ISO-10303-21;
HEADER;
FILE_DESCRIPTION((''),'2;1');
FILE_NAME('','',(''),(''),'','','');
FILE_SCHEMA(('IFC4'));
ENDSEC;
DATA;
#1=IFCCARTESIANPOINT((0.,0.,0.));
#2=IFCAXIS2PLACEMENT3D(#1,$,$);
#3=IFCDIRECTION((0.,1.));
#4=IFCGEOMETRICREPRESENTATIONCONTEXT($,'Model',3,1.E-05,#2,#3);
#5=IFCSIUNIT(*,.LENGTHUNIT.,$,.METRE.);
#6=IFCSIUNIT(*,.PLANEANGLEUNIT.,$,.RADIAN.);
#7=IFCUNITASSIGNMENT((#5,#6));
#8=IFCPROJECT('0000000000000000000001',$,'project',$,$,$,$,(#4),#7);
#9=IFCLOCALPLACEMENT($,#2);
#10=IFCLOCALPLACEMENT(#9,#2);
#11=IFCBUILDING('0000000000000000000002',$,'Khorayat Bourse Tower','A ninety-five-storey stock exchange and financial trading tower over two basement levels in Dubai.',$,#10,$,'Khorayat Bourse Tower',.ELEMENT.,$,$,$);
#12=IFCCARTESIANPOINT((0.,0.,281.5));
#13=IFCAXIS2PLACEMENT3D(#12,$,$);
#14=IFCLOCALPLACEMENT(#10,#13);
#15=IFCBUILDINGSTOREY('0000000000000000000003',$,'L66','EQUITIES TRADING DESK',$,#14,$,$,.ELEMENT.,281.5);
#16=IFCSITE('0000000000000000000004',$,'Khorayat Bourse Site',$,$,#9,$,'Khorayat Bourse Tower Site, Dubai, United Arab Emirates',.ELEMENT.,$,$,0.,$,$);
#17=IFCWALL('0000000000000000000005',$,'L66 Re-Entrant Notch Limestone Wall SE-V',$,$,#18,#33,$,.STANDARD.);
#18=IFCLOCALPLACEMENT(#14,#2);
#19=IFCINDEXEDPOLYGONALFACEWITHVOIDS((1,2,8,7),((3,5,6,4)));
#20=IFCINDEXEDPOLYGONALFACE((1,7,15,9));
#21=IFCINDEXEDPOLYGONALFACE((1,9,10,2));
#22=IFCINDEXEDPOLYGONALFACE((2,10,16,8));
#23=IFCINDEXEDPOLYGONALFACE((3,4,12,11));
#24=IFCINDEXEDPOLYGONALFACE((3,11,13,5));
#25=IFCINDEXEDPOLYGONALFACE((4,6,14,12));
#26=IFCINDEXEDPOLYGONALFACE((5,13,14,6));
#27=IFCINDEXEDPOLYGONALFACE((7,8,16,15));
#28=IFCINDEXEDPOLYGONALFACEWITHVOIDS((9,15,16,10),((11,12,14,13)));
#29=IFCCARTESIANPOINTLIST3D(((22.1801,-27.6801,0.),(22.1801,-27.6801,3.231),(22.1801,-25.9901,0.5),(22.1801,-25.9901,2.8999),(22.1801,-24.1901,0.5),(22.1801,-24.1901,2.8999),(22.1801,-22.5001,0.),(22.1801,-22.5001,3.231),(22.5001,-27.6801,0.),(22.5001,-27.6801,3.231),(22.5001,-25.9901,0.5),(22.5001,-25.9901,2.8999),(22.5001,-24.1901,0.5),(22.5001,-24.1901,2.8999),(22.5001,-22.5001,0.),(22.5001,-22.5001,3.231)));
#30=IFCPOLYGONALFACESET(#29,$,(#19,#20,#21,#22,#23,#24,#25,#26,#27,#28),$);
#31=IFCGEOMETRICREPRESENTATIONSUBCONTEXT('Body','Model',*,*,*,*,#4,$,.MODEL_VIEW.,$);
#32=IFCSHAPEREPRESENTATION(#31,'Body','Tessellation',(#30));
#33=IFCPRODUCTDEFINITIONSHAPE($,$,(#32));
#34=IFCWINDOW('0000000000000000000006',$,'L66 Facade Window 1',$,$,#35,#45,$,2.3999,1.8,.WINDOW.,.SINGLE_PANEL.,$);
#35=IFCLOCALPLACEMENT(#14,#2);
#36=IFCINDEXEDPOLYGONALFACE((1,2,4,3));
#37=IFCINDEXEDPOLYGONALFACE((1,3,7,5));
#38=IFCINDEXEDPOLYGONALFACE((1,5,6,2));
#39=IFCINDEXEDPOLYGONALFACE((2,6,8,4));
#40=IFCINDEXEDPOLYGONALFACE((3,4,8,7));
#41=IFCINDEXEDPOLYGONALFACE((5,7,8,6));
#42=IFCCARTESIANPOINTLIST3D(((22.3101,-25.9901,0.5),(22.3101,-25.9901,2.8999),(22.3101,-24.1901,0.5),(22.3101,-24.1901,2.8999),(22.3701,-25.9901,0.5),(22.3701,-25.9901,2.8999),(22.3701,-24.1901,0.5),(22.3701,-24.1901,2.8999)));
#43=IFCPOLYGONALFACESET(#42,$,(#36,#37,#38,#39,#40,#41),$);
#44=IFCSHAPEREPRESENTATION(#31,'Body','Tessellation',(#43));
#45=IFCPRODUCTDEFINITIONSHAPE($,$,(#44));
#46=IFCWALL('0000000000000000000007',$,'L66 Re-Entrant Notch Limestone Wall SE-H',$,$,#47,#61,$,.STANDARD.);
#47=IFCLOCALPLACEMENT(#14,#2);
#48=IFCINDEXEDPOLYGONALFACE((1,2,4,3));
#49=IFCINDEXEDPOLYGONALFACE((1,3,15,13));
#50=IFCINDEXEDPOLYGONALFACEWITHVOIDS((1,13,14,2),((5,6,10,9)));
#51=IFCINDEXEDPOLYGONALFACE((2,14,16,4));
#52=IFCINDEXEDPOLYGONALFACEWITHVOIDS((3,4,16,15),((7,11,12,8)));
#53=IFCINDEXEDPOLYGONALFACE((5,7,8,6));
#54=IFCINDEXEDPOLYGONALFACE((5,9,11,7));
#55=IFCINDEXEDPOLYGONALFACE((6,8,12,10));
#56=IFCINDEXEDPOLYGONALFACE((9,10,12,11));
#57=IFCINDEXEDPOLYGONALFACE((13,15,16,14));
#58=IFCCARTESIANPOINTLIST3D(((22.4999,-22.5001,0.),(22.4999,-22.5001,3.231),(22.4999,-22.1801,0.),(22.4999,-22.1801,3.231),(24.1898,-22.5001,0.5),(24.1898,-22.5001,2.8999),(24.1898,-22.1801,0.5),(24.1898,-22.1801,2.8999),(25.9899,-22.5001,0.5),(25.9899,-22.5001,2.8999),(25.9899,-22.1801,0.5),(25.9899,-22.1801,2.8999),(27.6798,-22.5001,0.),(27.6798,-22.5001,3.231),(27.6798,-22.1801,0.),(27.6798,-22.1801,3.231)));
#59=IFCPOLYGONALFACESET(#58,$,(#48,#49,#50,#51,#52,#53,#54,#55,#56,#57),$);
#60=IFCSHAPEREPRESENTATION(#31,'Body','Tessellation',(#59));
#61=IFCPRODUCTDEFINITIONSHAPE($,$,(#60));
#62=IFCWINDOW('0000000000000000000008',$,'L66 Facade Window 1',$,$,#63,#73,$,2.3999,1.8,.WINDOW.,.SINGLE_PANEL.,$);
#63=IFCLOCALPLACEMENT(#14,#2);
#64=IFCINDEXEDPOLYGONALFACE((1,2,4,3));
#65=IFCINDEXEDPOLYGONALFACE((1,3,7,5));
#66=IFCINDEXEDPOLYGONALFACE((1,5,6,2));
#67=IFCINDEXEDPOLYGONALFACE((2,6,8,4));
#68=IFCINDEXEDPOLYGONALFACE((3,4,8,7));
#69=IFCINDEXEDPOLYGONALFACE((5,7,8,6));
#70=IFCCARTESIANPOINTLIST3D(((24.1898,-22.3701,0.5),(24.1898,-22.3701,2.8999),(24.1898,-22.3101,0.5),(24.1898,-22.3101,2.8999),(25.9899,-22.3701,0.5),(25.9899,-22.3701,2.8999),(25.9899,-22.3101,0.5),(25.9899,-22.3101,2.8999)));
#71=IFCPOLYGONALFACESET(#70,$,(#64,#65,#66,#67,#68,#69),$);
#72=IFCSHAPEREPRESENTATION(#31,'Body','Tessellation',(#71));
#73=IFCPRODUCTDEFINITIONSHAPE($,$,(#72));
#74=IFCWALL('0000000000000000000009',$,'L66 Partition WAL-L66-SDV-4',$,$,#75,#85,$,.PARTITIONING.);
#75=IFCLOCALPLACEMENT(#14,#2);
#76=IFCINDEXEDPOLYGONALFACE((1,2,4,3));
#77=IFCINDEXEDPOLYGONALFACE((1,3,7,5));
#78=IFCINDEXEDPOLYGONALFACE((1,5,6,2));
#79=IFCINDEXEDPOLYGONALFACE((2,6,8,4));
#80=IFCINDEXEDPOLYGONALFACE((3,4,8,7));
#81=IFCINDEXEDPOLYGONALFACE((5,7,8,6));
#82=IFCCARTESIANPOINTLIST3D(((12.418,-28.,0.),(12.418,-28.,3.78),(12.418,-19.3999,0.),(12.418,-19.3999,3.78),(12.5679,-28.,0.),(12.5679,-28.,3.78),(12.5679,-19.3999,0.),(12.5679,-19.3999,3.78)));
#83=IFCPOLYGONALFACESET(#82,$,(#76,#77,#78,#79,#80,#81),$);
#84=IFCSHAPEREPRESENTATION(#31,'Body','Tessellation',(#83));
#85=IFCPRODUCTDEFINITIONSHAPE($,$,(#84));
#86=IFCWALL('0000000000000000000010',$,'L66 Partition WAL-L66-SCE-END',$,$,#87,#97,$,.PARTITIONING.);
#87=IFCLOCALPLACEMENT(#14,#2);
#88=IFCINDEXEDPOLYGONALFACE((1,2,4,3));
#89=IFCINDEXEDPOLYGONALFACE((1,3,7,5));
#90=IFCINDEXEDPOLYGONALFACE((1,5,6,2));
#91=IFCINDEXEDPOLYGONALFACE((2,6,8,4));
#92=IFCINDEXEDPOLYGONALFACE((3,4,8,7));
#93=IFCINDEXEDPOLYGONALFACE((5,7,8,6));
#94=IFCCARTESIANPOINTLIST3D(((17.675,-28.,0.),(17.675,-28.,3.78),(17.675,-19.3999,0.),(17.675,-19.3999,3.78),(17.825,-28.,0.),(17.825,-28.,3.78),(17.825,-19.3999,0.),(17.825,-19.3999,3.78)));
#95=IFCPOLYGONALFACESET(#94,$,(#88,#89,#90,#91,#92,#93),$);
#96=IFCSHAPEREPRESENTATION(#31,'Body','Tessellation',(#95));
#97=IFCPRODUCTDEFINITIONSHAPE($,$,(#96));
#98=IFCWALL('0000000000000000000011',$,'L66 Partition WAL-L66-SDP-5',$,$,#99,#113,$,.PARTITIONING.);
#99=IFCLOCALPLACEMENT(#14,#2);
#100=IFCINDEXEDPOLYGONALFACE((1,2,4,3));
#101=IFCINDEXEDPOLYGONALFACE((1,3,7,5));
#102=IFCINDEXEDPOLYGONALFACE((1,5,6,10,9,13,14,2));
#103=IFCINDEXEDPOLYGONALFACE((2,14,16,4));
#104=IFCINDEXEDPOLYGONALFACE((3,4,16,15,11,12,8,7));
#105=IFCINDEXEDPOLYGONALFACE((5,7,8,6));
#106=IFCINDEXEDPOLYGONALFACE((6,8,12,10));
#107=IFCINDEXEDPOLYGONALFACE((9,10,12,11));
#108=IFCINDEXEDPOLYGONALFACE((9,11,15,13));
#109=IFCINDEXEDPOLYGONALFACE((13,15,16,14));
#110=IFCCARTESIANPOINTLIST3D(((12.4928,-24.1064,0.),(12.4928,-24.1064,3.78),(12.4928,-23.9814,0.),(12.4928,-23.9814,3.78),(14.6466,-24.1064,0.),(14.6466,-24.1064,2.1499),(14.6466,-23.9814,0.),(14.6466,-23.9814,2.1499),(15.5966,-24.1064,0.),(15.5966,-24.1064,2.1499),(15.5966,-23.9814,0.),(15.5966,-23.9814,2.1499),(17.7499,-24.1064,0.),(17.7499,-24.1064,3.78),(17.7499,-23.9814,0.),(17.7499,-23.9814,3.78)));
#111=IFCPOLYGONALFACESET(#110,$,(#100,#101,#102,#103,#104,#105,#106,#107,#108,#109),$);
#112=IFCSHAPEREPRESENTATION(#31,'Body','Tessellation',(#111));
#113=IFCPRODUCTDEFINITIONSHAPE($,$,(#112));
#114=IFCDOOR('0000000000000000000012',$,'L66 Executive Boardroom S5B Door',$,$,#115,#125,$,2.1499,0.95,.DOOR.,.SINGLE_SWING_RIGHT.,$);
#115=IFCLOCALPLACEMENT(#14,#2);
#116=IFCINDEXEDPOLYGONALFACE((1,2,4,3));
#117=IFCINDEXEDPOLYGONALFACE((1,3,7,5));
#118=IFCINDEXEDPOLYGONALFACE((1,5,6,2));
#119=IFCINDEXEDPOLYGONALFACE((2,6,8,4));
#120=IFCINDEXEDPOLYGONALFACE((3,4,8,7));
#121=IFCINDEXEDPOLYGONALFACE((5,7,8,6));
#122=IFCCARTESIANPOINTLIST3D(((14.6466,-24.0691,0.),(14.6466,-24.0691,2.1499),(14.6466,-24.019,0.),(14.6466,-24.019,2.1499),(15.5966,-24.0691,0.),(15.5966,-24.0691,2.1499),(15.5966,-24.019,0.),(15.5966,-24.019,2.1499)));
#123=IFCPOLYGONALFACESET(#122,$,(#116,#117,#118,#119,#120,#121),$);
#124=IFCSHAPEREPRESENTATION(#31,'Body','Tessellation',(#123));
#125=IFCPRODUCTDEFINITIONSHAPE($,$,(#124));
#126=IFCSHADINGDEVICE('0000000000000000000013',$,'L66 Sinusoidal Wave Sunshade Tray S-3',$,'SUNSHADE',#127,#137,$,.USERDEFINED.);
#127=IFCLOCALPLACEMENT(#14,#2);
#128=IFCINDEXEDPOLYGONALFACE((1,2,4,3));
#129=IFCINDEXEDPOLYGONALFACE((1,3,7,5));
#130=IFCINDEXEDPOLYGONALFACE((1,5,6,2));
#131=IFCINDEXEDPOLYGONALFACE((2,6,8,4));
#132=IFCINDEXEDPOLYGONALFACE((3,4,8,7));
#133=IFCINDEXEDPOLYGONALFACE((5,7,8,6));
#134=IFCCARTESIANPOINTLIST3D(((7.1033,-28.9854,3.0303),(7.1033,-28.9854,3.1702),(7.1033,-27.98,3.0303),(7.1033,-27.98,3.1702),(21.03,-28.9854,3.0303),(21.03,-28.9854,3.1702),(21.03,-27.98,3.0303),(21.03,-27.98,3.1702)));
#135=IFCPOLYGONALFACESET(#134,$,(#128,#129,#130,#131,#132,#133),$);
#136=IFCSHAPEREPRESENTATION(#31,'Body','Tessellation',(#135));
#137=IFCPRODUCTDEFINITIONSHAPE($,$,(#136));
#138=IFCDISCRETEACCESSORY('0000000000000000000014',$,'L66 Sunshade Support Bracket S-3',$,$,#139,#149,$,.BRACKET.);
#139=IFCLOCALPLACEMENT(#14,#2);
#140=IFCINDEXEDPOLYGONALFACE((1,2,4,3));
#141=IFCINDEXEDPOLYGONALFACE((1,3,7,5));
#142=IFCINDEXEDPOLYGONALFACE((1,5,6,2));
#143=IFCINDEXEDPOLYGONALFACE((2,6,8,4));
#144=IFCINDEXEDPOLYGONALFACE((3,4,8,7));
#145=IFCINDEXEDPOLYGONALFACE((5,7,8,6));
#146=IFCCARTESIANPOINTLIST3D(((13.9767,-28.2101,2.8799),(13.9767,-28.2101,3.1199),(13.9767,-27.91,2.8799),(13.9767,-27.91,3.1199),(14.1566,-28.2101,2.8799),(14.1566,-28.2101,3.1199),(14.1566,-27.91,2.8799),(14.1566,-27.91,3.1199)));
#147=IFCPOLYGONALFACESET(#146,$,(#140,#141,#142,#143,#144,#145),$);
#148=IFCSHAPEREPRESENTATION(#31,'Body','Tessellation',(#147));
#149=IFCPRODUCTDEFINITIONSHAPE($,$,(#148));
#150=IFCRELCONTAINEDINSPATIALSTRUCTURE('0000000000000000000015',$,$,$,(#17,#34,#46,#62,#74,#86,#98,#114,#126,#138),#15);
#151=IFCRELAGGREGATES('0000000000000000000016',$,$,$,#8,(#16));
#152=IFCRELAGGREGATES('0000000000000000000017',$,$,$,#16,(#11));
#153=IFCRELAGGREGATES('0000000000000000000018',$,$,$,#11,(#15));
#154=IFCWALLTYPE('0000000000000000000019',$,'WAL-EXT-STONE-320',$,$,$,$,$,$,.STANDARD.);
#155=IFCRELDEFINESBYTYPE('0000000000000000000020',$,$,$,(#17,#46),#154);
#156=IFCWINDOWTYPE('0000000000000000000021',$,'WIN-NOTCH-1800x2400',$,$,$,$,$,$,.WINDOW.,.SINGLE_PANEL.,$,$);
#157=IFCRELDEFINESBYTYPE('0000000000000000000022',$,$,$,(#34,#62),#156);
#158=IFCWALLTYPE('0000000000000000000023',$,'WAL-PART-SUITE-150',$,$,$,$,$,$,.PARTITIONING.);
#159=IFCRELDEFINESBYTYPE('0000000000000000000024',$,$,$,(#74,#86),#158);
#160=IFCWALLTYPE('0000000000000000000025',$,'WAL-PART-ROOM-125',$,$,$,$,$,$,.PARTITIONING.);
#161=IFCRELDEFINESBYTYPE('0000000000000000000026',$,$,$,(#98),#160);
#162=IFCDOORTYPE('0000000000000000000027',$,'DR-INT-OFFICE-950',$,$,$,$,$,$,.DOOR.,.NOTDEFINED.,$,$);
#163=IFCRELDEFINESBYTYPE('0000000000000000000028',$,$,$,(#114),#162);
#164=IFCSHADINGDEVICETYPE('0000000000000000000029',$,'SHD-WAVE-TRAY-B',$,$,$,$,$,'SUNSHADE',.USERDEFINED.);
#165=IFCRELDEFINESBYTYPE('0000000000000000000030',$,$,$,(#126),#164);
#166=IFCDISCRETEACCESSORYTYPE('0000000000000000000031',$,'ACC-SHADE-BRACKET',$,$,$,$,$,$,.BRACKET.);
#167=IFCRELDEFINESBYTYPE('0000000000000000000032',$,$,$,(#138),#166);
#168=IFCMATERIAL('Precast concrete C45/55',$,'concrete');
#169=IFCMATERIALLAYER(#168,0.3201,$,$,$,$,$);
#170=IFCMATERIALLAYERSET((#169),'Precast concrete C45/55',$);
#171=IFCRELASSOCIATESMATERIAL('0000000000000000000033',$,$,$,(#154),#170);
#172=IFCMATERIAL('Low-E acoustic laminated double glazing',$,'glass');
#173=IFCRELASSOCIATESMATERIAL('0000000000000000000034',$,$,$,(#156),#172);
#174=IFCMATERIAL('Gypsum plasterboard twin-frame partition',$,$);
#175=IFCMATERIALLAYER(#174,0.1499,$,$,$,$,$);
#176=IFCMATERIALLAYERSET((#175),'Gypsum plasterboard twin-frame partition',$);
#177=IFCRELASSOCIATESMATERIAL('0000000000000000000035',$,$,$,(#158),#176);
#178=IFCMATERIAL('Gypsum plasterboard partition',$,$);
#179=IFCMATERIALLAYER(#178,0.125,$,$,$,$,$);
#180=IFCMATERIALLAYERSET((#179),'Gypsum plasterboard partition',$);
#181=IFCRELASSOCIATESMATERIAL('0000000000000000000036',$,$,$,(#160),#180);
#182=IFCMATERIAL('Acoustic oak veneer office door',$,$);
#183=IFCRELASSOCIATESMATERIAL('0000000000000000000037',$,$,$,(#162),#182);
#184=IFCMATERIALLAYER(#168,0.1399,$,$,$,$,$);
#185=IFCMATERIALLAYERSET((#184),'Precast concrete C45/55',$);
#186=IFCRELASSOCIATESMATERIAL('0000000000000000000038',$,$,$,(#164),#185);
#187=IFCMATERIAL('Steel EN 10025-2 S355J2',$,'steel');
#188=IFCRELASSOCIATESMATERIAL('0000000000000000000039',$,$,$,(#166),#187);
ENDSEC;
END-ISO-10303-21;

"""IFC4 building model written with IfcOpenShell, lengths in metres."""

from ifc_helpers import new_model, si_unit, direction, frame, frame_2d, origin, origin_2d, place, context, subcontext, project, spatial, rectangle, extrude, source, transform, mapped, material, layer, layer_set, type_object, element, fill, save


model = new_model("IFC4")

# Units and contexts
model_context = context("Model", 3, precision=1e-05, world=origin(), true_north=direction((0.0, 1.0)))
body_context = subcontext(model_context, "Body", "Model", "MODEL_VIEW")
ifc_project = project(units=[si_unit("LENGTHUNIT", "METRE"), si_unit("PLANEANGLEUNIT", "RADIAN")], contexts=[model_context])

# Site, building, storey
site_placement = place(None, origin())
site = spatial("IfcSite", under=ifc_project, at=site_placement, Name="Khorayat Bourse Site", LongName="Khorayat Bourse Tower Site, Dubai, United Arab Emirates", CompositionType="ELEMENT", RefElevation=0.0)
building_placement = place(site_placement, origin())
building = spatial("IfcBuilding", under=site, at=building_placement, Name="Khorayat Bourse Tower", Description="A ninety-five-storey stock exchange and financial trading tower over two basement levels in Dubai.", LongName="Khorayat Bourse Tower", CompositionType="ELEMENT")
storey_placement = place(building_placement, frame((0.0, 0.0, 281.5)))
storey = spatial("IfcBuildingStorey", under=building, at=storey_placement, Name="L66", Description="EQUITIES TRADING DESK", CompositionType="ELEMENT", Elevation=281.5)

# Walls, openings, windows
ifc_material_1 = material(Name="Precast concrete C45/55", Category="concrete")
ifc_layer_1 = layer(ifc_material_1, 0.3201)
ifc_layer_set_1 = layer_set([ifc_layer_1], Name="Precast concrete C45/55")
wall_type_1 = type_object("IfcWallType", Name="WAL-EXT-STONE-320", PredefinedType="STANDARD", material=ifc_layer_set_1)
shared_shape_1 = source(origin(), body_context, "Body", "SweptSolid", [
    extrude(rectangle(XDim=5.1799, YDim=0.3201, at=frame_2d((2.5898, 0.0))), origin(), (0.0, 0.0, 1.0), 3.231),
])
wall_1_placement = place(storey_placement, frame((22.3401, -27.6799, 0.0), z_axis=(0.0, 0.0, 1.0), x_axis=(0.0, 1.0, 0.0)))
wall_1 = element("IfcWall", 1, at=wall_1_placement, inside=storey, type_object=wall_type_1, Name="L66 Re-Entrant Notch Limestone Wall SE-V", PredefinedType="STANDARD", context=body_context, shape_type="MappedRepresentation", body=[
    mapped(shared_shape_1, transform((0.0, 0.0, 0.0), scale=1.0)),
])
shared_shape_2 = source(origin(), body_context, "Body", "SweptSolid", [
    extrude(rectangle(XDim=1.8, YDim=2.3999, at=frame_2d((0.8999, 1.2))), frame((0.0, 0.1699, 0.0), z_axis=(0.0, -1.0, 0.0), x_axis=(1.0, 0.0, 0.0)), (0.0, 0.0, 1.0), 0.3401),
])
opening_1_placement = place(wall_1_placement, frame((1.6899, 0.0, 0.5)))
opening_1 = element("IfcOpeningElement", 2, at=opening_1_placement, cuts=wall_1, PredefinedType="OPENING", context=body_context, shape_type="MappedRepresentation", body=[
    mapped(shared_shape_2, transform((0.0, 0.0, 0.0), scale=1.0)),
])
ifc_material_2 = material(Name="Low-E acoustic laminated double glazing", Category="glass")
window_type = type_object("IfcWindowType", Name="WIN-NOTCH-1800x2400", PartitioningType="SINGLE_PANEL", PredefinedType="WINDOW", material=ifc_material_2)
shared_shape_3 = source(origin(), body_context, "Body", "SweptSolid", [
    extrude(rectangle(XDim=1.8, YDim=2.3999, at=frame_2d((0.8999, 1.2))), frame((0.0, 0.03, 0.0), z_axis=(0.0, -1.0, 0.0), x_axis=(1.0, 0.0, 0.0)), (0.0, 0.0, 1.0), 0.0601),
])
window_1_placement = place(opening_1_placement, origin())
window_1 = element("IfcWindow", 3, at=window_1_placement, inside=storey, type_object=window_type, Name="L66 Facade Window 1", OverallHeight=2.3999, OverallWidth=1.8, PartitioningType="SINGLE_PANEL", PredefinedType="WINDOW", context=body_context, shape_type="MappedRepresentation", body=[
    mapped(shared_shape_3, transform((0.0, 0.0, 0.0), scale=1.0)),
])
fill(opening_1, window_1)
wall_2_placement = place(storey_placement, frame((22.5, -22.3401, 0.0), z_axis=(0.0, 0.0, 1.0), x_axis=(1.0, 0.0, 0.0)))
wall_2 = element("IfcWall", 4, at=wall_2_placement, inside=storey, type_object=wall_type_1, Name="L66 Re-Entrant Notch Limestone Wall SE-H", PredefinedType="STANDARD", context=body_context, shape_type="MappedRepresentation", body=[
    mapped(shared_shape_1, transform((0.0, 0.0, 0.0), scale=1.0)),
])
opening_2_placement = place(wall_2_placement, frame((1.6899, 0.0, 0.5)))
opening_2 = element("IfcOpeningElement", 5, at=opening_2_placement, cuts=wall_2, PredefinedType="OPENING", context=body_context, shape_type="MappedRepresentation", body=[
    mapped(shared_shape_2, transform((0.0, 0.0, 0.0), scale=1.0)),
])
window_2_placement = place(opening_2_placement, origin())
window_2 = element("IfcWindow", 6, at=window_2_placement, inside=storey, type_object=window_type, Name="L66 Facade Window 1", OverallHeight=2.3999, OverallWidth=1.8, PartitioningType="SINGLE_PANEL", PredefinedType="WINDOW", context=body_context, shape_type="MappedRepresentation", body=[
    mapped(shared_shape_3, transform((0.0, 0.0, 0.0), scale=1.0)),
])
fill(opening_2, window_2)

# Walls
ifc_material_3 = material(Name="Gypsum plasterboard twin-frame partition")
ifc_layer_2 = layer(ifc_material_3, 0.1499)
ifc_layer_set_2 = layer_set([ifc_layer_2], Name="Gypsum plasterboard twin-frame partition")
wall_type_2 = type_object("IfcWallType", Name="WAL-PART-SUITE-150", PredefinedType="PARTITIONING", material=ifc_layer_set_2)
shared_shape_4 = source(origin(), body_context, "Body", "SweptSolid", [
    extrude(rectangle(XDim=8.6001, YDim=0.1499, at=frame_2d((4.3, 0.0))), origin(), (0.0, 0.0, 1.0), 3.78),
])
for number, where, z_axis, x_axis, name in (
    (7, (12.4929, -28.0, 0.0), (0.0, 0.0, 1.0), (0.0, 1.0, 0.0), "L66 Partition WAL-L66-SDV-4"),
    (8, (17.75, -28.0, 0.0), (0.0, 0.0, 1.0), (0.0, 1.0, 0.0), "L66 Partition WAL-L66-SCE-END"),
):
    element("IfcWall", number, at=place(storey_placement, frame(where, z_axis=z_axis, x_axis=x_axis)), inside=storey, type_object=wall_type_2, Name=name, PredefinedType="PARTITIONING", context=body_context, shape_type="MappedRepresentation", body=[
        mapped(shared_shape_4, transform((0.0, 0.0, 0.0), scale=1.0)),
    ])

# Wall, opening, door
ifc_material_4 = material(Name="Gypsum plasterboard partition")
ifc_layer_3 = layer(ifc_material_4, 0.125)
ifc_layer_set_3 = layer_set([ifc_layer_3], Name="Gypsum plasterboard partition")
wall_type_3 = type_object("IfcWallType", Name="WAL-PART-ROOM-125", PredefinedType="PARTITIONING", material=ifc_layer_set_3)
shared_shape_5 = source(origin(), body_context, "Body", "SweptSolid", [
    extrude(rectangle(XDim=5.2571, YDim=0.125, at=frame_2d((2.6284, 0.0))), origin(), (0.0, 0.0, 1.0), 3.78),
])
wall_3_placement = place(storey_placement, frame((12.4929, -24.0439, 0.0), z_axis=(0.0, 0.0, 1.0), x_axis=(1.0, 0.0, 0.0)))
wall_3 = element("IfcWall", 9, at=wall_3_placement, inside=storey, type_object=wall_type_3, Name="L66 Partition WAL-L66-SDP-5", PredefinedType="PARTITIONING", context=body_context, shape_type="MappedRepresentation", body=[
    mapped(shared_shape_5, transform((0.0, 0.0, 0.0), scale=1.0)),
])
shared_shape_6 = source(origin(), body_context, "Body", "SweptSolid", [
    extrude(rectangle(XDim=0.95, YDim=2.1499, at=frame_2d((0.4751, 1.075))), frame((0.0, 0.0725, 0.0), z_axis=(0.0, -1.0, 0.0), x_axis=(1.0, 0.0, 0.0)), (0.0, 0.0, 1.0), 0.145),
])
opening_3_placement = place(wall_3_placement, frame((2.1536, 0.0, 0.0)))
opening_3 = element("IfcOpeningElement", 10, at=opening_3_placement, cuts=wall_3, PredefinedType="OPENING", context=body_context, shape_type="MappedRepresentation", body=[
    mapped(shared_shape_6, transform((0.0, 0.0, 0.0), scale=1.0)),
])
ifc_material_5 = material(Name="Acoustic oak veneer office door")
door_type = type_object("IfcDoorType", Name="DR-INT-OFFICE-950", OperationType="NOTDEFINED", PredefinedType="DOOR", material=ifc_material_5)
shared_shape_7 = source(origin(), body_context, "Body", "SweptSolid", [
    extrude(rectangle(XDim=0.95, YDim=2.1499, at=frame_2d((0.4751, 1.075))), frame((0.0, 0.0249, 0.0), z_axis=(0.0, -1.0, 0.0), x_axis=(1.0, 0.0, 0.0)), (0.0, 0.0, 1.0), 0.05),
])
door_placement = place(opening_3_placement, origin())
door = element("IfcDoor", 11, at=door_placement, inside=storey, type_object=door_type, Name="L66 Executive Boardroom S5B Door", OperationType="SINGLE_SWING_RIGHT", OverallHeight=2.1499, OverallWidth=0.95, PredefinedType="DOOR", context=body_context, shape_type="MappedRepresentation", body=[
    mapped(shared_shape_7, transform((0.0, 0.0, 0.0), scale=1.0)),
])
fill(opening_3, door)

# Shading device
ifc_layer_4 = layer(ifc_material_1, 0.1399)
ifc_layer_set_4 = layer_set([ifc_layer_4], Name="Precast concrete C45/55")
shading_device_type = type_object("IfcShadingDeviceType", Name="SHD-WAVE-TRAY-B", ElementType="SUNSHADE", PredefinedType="USERDEFINED", material=ifc_layer_set_4)
shared_shape_8 = source(origin(), body_context, "Body", "SweptSolid", [
    extrude(rectangle(XDim=13.9268, YDim=1.0054, at=origin_2d()), origin(), (0.0, 0.0, 1.0), 0.1399),
])
shading_device_placement = place(storey_placement, frame((14.0667, -28.4827, 3.0303), z_axis=(0.0, 0.0, 1.0), x_axis=(1.0, 0.0, 0.0)))
element("IfcShadingDevice", 12, at=shading_device_placement, inside=storey, type_object=shading_device_type, Name="L66 Sinusoidal Wave Sunshade Tray S-3", ObjectType="SUNSHADE", PredefinedType="USERDEFINED", context=body_context, shape_type="MappedRepresentation", body=[
    mapped(shared_shape_8, transform((0.0, 0.0, 0.0), scale=1.0)),
])

# Discrete accessory
ifc_material_6 = material(Name="Steel EN 10025-2 S355J2", Category="steel")
discrete_accessory_type = type_object("IfcDiscreteAccessoryType", Name="ACC-SHADE-BRACKET", PredefinedType="BRACKET", material=ifc_material_6)
shared_shape_9 = source(origin(), body_context, "Body", "SweptSolid", [
    extrude(rectangle(XDim=0.1799, YDim=0.3, at=origin_2d()), origin(), (0.0, 0.0, 1.0), 0.24),
])
discrete_accessory_placement = place(storey_placement, frame((14.0667, -28.0601, 2.8799), z_axis=(0.0, 0.0, 1.0), x_axis=(1.0, 0.0, 0.0)))
element("IfcDiscreteAccessory", 13, at=discrete_accessory_placement, inside=storey, type_object=discrete_accessory_type, Name="L66 Sunshade Support Bracket S-3", PredefinedType="BRACKET", context=body_context, shape_type="MappedRepresentation", body=[
    mapped(shared_shape_9, transform((0.0, 0.0, 0.0), scale=1.0)),
])

save(model, "model.ifc")
